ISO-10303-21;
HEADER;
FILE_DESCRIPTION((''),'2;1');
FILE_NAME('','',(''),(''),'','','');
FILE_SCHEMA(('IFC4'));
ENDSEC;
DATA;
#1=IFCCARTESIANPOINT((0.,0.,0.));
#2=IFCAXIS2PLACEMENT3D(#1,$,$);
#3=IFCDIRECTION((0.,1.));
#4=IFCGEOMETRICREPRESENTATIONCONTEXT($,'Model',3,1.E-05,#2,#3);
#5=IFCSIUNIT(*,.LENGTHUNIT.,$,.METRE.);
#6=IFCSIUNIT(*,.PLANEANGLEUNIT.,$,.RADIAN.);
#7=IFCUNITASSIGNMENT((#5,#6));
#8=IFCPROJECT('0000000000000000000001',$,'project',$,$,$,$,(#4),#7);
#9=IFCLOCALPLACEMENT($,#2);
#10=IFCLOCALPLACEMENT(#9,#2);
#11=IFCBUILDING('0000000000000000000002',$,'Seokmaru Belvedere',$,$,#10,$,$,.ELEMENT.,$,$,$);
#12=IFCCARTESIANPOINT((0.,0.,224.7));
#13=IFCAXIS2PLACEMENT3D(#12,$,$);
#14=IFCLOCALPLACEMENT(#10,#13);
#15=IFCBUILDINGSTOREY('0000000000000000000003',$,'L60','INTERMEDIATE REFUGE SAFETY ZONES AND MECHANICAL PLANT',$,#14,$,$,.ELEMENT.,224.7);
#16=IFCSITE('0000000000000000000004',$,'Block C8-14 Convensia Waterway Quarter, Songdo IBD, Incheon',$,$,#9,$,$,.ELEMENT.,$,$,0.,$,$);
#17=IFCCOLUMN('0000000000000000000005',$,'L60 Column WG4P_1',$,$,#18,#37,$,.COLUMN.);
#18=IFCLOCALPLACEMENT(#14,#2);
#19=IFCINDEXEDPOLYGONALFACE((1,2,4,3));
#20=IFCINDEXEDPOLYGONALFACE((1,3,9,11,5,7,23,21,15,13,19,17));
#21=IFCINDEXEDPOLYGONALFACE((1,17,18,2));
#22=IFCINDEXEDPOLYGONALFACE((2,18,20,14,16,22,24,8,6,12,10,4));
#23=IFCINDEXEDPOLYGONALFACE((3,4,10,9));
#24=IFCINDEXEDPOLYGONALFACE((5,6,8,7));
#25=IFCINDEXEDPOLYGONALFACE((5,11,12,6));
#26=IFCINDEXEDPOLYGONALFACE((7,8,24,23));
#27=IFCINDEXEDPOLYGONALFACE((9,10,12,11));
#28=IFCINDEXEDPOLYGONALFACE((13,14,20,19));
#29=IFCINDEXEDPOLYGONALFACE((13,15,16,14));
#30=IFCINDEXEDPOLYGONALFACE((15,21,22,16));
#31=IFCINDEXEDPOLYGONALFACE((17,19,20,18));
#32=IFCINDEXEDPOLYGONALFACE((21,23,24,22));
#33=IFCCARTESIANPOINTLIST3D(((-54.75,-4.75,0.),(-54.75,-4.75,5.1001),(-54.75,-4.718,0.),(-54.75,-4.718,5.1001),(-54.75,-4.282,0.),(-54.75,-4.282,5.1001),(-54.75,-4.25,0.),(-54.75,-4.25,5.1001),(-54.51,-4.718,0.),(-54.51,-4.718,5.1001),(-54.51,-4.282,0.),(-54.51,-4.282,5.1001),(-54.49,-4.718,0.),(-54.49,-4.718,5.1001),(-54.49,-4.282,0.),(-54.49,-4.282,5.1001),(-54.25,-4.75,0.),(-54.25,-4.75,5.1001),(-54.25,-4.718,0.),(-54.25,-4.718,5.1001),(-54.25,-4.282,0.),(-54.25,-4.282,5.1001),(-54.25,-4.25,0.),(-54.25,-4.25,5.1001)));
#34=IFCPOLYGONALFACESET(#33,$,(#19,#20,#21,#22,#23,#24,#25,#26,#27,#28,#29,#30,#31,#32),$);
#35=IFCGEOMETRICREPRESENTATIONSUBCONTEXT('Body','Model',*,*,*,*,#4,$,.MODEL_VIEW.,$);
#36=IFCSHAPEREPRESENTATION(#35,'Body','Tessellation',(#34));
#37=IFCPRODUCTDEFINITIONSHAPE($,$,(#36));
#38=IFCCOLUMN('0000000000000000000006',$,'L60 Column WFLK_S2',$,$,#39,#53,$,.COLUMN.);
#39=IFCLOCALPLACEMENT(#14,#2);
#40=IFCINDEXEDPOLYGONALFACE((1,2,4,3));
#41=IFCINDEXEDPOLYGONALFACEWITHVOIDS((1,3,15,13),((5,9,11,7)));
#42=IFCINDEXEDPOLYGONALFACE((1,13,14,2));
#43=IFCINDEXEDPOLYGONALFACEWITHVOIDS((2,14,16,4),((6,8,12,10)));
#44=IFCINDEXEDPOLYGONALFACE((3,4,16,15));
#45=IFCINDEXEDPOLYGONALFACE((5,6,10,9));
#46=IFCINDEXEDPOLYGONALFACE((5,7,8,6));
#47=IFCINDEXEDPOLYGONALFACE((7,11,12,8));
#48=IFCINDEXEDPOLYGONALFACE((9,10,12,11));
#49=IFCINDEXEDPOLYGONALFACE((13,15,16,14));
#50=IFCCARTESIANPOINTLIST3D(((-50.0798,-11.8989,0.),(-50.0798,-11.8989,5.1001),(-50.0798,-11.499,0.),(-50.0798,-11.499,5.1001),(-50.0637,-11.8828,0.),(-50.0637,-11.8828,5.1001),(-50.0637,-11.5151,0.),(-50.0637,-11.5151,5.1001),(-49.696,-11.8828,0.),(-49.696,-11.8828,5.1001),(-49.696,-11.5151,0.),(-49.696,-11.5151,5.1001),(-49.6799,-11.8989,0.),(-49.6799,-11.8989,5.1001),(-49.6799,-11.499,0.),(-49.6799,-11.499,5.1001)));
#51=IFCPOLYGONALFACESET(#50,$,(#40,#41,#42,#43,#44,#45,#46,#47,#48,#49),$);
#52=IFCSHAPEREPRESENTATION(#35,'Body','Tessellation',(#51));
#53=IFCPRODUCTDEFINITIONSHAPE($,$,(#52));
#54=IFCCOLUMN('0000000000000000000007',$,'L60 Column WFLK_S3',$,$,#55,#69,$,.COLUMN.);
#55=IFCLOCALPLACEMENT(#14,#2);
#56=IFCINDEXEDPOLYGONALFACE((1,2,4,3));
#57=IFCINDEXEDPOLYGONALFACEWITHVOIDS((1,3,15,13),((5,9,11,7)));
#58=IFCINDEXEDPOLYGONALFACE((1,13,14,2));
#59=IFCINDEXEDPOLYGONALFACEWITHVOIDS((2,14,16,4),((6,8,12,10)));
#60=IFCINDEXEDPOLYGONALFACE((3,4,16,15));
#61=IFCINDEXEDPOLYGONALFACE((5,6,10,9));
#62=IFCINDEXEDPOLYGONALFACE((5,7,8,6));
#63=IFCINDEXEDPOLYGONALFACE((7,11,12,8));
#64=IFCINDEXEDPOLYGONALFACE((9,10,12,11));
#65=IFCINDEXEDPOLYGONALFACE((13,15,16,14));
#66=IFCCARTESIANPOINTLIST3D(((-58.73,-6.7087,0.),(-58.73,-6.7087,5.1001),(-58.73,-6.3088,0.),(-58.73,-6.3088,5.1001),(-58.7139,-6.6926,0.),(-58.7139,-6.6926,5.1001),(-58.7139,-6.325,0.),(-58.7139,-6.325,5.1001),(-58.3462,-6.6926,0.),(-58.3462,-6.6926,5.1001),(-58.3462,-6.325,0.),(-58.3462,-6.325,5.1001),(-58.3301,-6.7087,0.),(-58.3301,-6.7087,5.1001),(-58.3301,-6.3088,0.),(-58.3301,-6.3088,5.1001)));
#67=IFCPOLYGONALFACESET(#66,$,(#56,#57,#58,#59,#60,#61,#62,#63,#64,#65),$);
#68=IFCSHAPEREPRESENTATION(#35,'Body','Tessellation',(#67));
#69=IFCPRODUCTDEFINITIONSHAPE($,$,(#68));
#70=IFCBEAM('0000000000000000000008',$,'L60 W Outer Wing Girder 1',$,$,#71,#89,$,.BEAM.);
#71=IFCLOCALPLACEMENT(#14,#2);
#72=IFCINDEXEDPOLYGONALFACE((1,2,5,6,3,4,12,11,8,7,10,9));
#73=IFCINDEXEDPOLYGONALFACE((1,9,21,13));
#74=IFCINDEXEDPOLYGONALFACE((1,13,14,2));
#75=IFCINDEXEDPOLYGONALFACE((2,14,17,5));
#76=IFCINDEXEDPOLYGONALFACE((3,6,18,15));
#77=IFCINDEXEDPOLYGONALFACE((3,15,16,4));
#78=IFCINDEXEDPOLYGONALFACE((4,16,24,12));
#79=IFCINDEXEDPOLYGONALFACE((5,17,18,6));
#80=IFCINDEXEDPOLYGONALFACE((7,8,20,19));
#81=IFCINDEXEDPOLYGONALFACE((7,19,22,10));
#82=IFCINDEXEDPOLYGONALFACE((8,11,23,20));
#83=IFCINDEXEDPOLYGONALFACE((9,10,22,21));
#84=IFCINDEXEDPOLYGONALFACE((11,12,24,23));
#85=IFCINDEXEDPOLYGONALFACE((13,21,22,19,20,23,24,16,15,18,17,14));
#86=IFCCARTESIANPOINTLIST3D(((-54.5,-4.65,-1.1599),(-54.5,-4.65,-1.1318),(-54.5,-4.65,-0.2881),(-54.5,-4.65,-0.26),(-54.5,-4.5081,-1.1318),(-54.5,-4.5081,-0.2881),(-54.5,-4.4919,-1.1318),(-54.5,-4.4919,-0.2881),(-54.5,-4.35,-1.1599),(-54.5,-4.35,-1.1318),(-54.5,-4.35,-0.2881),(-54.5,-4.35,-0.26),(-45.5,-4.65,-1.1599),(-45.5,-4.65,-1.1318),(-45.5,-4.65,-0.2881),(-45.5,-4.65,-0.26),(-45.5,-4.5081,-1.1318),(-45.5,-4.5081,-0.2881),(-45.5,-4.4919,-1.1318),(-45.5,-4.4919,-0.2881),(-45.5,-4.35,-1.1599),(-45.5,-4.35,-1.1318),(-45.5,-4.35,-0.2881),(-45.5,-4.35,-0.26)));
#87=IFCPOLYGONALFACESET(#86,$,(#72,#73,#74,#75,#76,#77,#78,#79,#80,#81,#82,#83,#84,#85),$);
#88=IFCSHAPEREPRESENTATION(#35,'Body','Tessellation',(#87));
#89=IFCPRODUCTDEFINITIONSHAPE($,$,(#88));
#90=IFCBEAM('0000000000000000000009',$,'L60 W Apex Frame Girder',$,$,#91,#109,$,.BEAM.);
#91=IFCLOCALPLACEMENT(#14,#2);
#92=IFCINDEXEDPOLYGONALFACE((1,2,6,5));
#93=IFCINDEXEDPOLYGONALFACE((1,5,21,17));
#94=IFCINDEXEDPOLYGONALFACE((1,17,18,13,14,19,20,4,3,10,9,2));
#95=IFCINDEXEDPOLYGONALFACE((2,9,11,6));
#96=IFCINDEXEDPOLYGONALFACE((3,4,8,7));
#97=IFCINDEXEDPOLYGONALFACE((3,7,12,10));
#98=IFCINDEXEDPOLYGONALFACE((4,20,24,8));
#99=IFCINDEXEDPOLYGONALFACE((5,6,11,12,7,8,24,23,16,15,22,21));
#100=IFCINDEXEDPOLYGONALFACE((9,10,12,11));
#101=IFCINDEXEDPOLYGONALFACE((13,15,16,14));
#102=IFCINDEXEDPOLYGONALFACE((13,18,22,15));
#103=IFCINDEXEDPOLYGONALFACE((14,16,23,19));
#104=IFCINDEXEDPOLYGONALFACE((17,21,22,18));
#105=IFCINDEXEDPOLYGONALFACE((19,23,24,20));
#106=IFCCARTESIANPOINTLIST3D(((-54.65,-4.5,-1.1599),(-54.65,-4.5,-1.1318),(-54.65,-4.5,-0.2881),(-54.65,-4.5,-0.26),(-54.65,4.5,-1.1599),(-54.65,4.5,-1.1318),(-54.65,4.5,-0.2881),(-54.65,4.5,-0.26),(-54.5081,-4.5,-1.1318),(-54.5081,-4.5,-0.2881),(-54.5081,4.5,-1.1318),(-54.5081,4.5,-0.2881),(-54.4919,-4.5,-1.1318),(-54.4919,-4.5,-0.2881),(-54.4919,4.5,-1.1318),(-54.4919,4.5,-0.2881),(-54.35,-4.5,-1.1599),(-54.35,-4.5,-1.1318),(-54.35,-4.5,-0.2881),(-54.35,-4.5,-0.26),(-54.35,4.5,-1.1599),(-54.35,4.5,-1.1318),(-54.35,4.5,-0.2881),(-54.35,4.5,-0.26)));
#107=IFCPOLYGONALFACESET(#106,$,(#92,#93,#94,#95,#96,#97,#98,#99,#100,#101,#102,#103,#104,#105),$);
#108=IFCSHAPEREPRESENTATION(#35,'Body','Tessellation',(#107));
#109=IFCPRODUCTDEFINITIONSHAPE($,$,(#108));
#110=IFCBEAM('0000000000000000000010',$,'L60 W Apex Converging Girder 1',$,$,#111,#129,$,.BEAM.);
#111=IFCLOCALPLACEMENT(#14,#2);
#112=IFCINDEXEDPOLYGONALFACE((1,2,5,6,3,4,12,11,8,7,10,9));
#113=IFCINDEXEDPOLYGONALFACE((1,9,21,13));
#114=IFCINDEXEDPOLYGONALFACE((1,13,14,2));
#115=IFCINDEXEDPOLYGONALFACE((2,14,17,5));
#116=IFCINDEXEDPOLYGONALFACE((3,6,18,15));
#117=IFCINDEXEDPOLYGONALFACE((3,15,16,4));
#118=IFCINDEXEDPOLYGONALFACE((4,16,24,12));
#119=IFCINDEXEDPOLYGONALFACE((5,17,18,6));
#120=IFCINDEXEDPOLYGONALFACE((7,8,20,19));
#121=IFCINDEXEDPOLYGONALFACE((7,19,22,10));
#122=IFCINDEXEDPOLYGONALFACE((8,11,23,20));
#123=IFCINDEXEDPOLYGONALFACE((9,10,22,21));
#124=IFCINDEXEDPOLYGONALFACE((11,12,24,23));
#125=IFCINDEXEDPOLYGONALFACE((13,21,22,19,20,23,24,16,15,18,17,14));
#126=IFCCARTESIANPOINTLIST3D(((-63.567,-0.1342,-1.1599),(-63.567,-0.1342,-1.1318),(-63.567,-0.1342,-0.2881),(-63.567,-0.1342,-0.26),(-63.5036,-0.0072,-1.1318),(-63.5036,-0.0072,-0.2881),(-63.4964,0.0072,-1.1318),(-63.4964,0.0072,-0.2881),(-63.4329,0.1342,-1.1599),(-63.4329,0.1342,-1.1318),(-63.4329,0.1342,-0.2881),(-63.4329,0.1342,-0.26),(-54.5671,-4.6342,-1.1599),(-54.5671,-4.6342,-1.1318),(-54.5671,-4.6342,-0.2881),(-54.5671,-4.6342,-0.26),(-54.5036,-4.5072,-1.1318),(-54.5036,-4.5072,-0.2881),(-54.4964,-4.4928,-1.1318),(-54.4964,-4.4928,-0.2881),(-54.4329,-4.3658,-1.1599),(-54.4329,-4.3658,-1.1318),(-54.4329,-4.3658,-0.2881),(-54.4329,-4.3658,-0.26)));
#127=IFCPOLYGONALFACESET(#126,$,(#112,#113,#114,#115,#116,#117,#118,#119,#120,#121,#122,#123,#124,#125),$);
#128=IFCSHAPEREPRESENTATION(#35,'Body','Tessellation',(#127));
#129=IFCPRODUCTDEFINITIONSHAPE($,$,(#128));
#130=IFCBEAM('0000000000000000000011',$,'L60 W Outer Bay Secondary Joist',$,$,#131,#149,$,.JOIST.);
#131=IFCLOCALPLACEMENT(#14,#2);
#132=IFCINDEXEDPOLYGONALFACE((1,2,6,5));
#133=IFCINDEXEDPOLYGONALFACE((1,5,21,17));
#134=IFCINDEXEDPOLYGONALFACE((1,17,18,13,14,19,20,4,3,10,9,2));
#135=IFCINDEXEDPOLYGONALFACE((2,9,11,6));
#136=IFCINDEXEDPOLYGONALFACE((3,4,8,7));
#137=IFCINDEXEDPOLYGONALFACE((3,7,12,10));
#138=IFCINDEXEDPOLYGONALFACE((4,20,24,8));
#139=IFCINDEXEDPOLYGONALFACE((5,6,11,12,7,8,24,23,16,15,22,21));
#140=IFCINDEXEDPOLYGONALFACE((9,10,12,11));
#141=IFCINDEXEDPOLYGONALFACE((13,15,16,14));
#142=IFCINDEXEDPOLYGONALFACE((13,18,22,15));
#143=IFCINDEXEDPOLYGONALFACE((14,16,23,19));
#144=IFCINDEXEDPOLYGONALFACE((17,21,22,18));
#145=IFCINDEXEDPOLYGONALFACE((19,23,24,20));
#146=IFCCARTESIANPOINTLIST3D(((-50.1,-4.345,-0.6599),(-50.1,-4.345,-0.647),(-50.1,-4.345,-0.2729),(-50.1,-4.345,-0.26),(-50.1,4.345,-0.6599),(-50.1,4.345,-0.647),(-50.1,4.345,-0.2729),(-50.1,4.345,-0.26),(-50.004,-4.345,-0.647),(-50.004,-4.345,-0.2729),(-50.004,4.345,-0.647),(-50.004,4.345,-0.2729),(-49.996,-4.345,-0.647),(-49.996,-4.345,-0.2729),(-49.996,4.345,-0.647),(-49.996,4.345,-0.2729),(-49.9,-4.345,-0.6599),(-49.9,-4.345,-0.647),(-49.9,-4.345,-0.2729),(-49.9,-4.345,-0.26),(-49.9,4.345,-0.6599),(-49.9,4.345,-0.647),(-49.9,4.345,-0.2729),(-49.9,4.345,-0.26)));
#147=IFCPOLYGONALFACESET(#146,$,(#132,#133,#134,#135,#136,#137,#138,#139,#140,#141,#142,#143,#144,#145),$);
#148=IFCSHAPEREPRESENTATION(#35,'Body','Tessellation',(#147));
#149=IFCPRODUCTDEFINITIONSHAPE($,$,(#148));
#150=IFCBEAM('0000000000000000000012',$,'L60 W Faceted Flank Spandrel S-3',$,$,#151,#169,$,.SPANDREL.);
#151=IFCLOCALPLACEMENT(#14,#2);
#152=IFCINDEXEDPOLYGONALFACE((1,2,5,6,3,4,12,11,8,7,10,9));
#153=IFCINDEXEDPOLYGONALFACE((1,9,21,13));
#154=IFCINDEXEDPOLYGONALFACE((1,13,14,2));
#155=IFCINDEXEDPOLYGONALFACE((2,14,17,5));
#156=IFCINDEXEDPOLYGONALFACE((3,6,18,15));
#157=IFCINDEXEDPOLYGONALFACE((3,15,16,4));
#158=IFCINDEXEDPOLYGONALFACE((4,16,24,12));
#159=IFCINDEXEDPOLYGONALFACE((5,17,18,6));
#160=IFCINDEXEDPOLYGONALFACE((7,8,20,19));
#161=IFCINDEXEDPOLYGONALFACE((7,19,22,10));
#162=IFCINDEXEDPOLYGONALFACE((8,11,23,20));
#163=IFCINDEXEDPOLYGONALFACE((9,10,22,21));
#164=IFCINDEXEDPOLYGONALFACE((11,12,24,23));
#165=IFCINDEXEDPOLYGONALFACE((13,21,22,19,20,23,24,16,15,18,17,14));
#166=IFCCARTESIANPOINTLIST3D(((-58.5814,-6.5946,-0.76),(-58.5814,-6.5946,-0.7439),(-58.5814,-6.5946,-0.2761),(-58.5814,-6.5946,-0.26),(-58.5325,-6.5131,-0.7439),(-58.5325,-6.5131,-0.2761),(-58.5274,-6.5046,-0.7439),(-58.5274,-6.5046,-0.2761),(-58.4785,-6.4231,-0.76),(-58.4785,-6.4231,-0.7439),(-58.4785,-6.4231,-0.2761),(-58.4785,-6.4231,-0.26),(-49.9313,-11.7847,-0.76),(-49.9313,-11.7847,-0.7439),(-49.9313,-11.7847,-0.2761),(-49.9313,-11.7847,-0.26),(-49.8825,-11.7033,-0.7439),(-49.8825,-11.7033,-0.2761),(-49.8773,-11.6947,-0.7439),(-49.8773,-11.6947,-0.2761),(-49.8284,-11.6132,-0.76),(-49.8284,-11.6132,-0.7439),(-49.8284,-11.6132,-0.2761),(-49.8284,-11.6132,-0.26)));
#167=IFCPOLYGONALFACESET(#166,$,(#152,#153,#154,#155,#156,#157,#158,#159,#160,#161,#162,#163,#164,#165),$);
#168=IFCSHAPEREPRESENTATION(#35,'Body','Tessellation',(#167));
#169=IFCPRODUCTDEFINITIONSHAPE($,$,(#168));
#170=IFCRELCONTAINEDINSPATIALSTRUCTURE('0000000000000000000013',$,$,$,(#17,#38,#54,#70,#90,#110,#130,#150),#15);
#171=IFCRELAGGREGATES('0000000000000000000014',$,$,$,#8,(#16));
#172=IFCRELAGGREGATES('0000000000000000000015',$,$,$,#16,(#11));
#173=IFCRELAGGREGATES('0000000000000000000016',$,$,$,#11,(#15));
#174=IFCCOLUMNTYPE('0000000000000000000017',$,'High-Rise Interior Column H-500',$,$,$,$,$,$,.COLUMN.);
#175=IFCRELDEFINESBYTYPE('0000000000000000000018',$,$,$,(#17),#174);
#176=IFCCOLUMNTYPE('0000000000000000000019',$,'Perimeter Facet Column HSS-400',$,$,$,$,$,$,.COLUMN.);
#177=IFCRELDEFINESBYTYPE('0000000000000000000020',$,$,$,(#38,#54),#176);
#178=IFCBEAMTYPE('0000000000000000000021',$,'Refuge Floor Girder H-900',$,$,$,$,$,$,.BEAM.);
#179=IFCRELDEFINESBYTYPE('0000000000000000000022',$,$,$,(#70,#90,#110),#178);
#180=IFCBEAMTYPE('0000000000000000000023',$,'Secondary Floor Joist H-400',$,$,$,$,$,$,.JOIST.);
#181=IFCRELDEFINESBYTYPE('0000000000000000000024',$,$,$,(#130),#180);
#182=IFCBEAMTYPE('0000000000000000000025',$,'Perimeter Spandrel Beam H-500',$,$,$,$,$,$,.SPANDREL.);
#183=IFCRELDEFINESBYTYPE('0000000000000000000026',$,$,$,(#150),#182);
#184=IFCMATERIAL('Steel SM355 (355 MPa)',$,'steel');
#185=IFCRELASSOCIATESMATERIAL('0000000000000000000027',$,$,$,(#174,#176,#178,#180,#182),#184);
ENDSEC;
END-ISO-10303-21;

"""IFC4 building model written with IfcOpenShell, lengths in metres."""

from ifc_helpers import new_model, si_unit, direction, frame, origin, origin_2d, place, context, subcontext, project, spatial, hollow_rectangle, i_section, extrude, source, transform, mapped, material, material_profile, profile_set, type_object, type_shapes, element, save


model = new_model("IFC4")

# Units and contexts
model_context = context("Model", 3, precision=1e-05, world=origin(), true_north=direction((0.0, 1.0)))
body_context = subcontext(model_context, "Body", "Model", "MODEL_VIEW")
ifc_project = project(units=[si_unit("LENGTHUNIT", "METRE"), si_unit("PLANEANGLEUNIT", "RADIAN")], contexts=[model_context])

# Site, building, storey
site_placement = place(None, origin())
site = spatial("IfcSite", under=ifc_project, at=site_placement, Name="Block C8-14 Convensia Waterway Quarter, Songdo IBD, Incheon", CompositionType="ELEMENT", RefElevation=0.0)
building_placement = place(site_placement, origin())
building = spatial("IfcBuilding", under=site, at=building_placement, Name="Seokmaru Belvedere", CompositionType="ELEMENT")
storey_placement = place(building_placement, frame((0.0, 0.0, 224.7)))
storey = spatial("IfcBuildingStorey", under=building, at=storey_placement, Name="L60", Description="INTERMEDIATE REFUGE SAFETY ZONES AND MECHANICAL PLANT", CompositionType="ELEMENT", Elevation=224.7)

# Columns
ifc_material_1 = material(Name="Steel SM355 (355 MPa)", Category="steel")
ifc_material_profile_1 = material_profile(ifc_material_1, i_section(OverallWidth=0.5, OverallDepth=0.5, WebThickness=0.02, FlangeThickness=0.032, at=origin_2d()), Name="H-500x500x20x32")
ifc_profile_set_1 = profile_set([ifc_material_profile_1], Name="Steel SM355 (355 MPa)")
column_type_1 = type_object("IfcColumnType", Name="High-Rise Interior Column H-500", PredefinedType="COLUMN", material=ifc_profile_set_1)
shared_shape_1 = source(origin(), body_context, "Body", "SweptSolid", [
    extrude(i_section(OverallWidth=0.5, OverallDepth=0.5, WebThickness=0.02, FlangeThickness=0.032, at=origin_2d()), origin(), (0.0, 0.0, 1.0), 5.1001),
])
type_shapes(column_type_1, [shared_shape_1])
column_placement = place(storey_placement, frame((-54.5, -4.5, 0.0), z_axis=(0.0, 0.0, 1.0), x_axis=(1.0, 0.0, 0.0)))
element("IfcColumn", 1, at=column_placement, inside=storey, type_object=column_type_1, Name="L60 Column WG4P_1", PredefinedType="COLUMN", context=body_context, shape_type="MappedRepresentation", body=[
    mapped(shared_shape_1, transform((0.0, 0.0, 0.0), scale=1.0)),
])
ifc_material_profile_2 = material_profile(ifc_material_1, hollow_rectangle(XDim=0.3999, YDim=0.3999, WallThickness=0.0161, at=origin_2d()), Name="HSS-400x400x16")
ifc_profile_set_2 = profile_set([ifc_material_profile_2], Name="Steel SM355 (355 MPa)")
column_type_2 = type_object("IfcColumnType", Name="Perimeter Facet Column HSS-400", PredefinedType="COLUMN", material=ifc_profile_set_2)
shared_shape_2 = source(origin(), body_context, "Body", "SweptSolid", [
    extrude(hollow_rectangle(XDim=0.3999, YDim=0.3999, WallThickness=0.0161, at=origin_2d()), origin(), (0.0, 0.0, 1.0), 5.1001),
])
type_shapes(column_type_2, [shared_shape_2])
for number, where, z_axis, x_axis, name in (
    (2, (-49.8799, -11.699, 0.0), (0.0, 0.0, 1.0), (1.0, 0.0, 0.0), "L60 Column WFLK_S2"),
    (3, (-58.53, -6.5088, 0.0), (0.0, 0.0, 1.0), (1.0, 0.0, 0.0), "L60 Column WFLK_S3"),
):
    element("IfcColumn", number, at=place(storey_placement, frame(where, z_axis=z_axis, x_axis=x_axis)), inside=storey, type_object=column_type_2, Name=name, PredefinedType="COLUMN", context=body_context, shape_type="MappedRepresentation", body=[
        mapped(shared_shape_2, transform((0.0, 0.0, 0.0), scale=1.0)),
    ])

# Beams
ifc_material_profile_3 = material_profile(ifc_material_1, i_section(OverallWidth=0.3, OverallDepth=0.8999, WebThickness=0.0161, FlangeThickness=0.0281, at=origin_2d()), Name="H-900x300x16x28")
ifc_profile_set_3 = profile_set([ifc_material_profile_3], Name="Steel SM355 (355 MPa)")
beam_type_1 = type_object("IfcBeamType", Name="Refuge Floor Girder H-900", PredefinedType="BEAM", material=ifc_profile_set_3)
shared_shape_3 = source(origin(), body_context, "Body", "SweptSolid", [
    extrude(i_section(OverallWidth=0.3, OverallDepth=0.8999, WebThickness=0.0161, FlangeThickness=0.0281, at=origin_2d()), origin(), (0.0, 0.0, 1.0), 9.0),
])
for number, where, z_axis, x_axis, name in (
    (4, (-54.5, -4.5, -0.71), (1.0, 0.0, 0.0), (0.0, 1.0, 0.0), "L60 W Outer Wing Girder 1"),
    (5, (-54.5, -4.5, -0.71), (0.0, 1.0, 0.0), (-1.0, 0.0, 0.0), "L60 W Apex Frame Girder"),
):
    element("IfcBeam", number, at=place(storey_placement, frame(where, z_axis=z_axis, x_axis=x_axis)), inside=storey, type_object=beam_type_1, Name=name, PredefinedType="BEAM", context=body_context, shape_type="MappedRepresentation", body=[
        mapped(shared_shape_3, transform((0.0, 0.0, 0.0), scale=1.0)),
    ])
shared_shape_4 = source(origin(), body_context, "Body", "SweptSolid", [
    extrude(i_section(OverallWidth=0.3, OverallDepth=0.8999, WebThickness=0.0161, FlangeThickness=0.0281, at=origin_2d()), origin(), (0.0, 0.0, 1.0), 10.0623),
])
beam_1_placement = place(storey_placement, frame((-54.5, -4.5, -0.71), z_axis=(-0.894427, 0.447214, 0.0), x_axis=(-0.447214, -0.894427, 0.0)))
element("IfcBeam", 6, at=beam_1_placement, inside=storey, type_object=beam_type_1, Name="L60 W Apex Converging Girder 1", PredefinedType="BEAM", context=body_context, shape_type="MappedRepresentation", body=[
    mapped(shared_shape_4, transform((0.0, 0.0, 0.0), scale=1.0)),
])
ifc_material_profile_4 = material_profile(ifc_material_1, i_section(OverallWidth=0.2, OverallDepth=0.3999, WebThickness=0.0081, FlangeThickness=0.0129, at=origin_2d()), Name="H-400x200x8x13")
ifc_profile_set_4 = profile_set([ifc_material_profile_4], Name="Steel SM355 (355 MPa)")
beam_type_2 = type_object("IfcBeamType", Name="Secondary Floor Joist H-400", PredefinedType="JOIST", material=ifc_profile_set_4)
shared_shape_5 = source(origin(), body_context, "Body", "SweptSolid", [
    extrude(i_section(OverallWidth=0.2, OverallDepth=0.3999, WebThickness=0.0081, FlangeThickness=0.0129, at=origin_2d()), origin(), (0.0, 0.0, 1.0), 8.6899),
])
type_shapes(beam_type_2, [shared_shape_5])
beam_2_placement = place(storey_placement, frame((-50.0, -4.345, -0.46), z_axis=(0.0, 1.0, 0.0), x_axis=(-1.0, 0.0, 0.0)))
element("IfcBeam", 7, at=beam_2_placement, inside=storey, type_object=beam_type_2, Name="L60 W Outer Bay Secondary Joist", PredefinedType="JOIST", context=body_context, shape_type="MappedRepresentation", body=[
    mapped(shared_shape_5, transform((0.0, 0.0, 0.0), scale=1.0)),
])
ifc_material_profile_5 = material_profile(ifc_material_1, i_section(OverallWidth=0.2, OverallDepth=0.5, WebThickness=0.01, FlangeThickness=0.0161, at=origin_2d()), Name="H-500x200x10x16")
ifc_profile_set_5 = profile_set([ifc_material_profile_5], Name="Steel SM355 (355 MPa)")
beam_type_3 = type_object("IfcBeamType", Name="Perimeter Spandrel Beam H-500", PredefinedType="SPANDREL", material=ifc_profile_set_5)
shared_shape_6 = source(origin(), body_context, "Body", "SweptSolid", [
    extrude(i_section(OverallWidth=0.2, OverallDepth=0.5, WebThickness=0.01, FlangeThickness=0.0161, at=origin_2d()), origin(), (0.0, 0.0, 1.0), 10.0876),
])
beam_3_placement = place(storey_placement, frame((-49.8799, -11.699, -0.51), z_axis=(-0.857489, 0.514503, 0.0), x_axis=(-0.514503, -0.857489, 0.0)))
element("IfcBeam", 8, at=beam_3_placement, inside=storey, type_object=beam_type_3, Name="L60 W Faceted Flank Spandrel S-3", PredefinedType="SPANDREL", context=body_context, shape_type="MappedRepresentation", body=[
    mapped(shared_shape_6, transform((0.0, 0.0, 0.0), scale=1.0)),
])

save(model, "model.ifc")
